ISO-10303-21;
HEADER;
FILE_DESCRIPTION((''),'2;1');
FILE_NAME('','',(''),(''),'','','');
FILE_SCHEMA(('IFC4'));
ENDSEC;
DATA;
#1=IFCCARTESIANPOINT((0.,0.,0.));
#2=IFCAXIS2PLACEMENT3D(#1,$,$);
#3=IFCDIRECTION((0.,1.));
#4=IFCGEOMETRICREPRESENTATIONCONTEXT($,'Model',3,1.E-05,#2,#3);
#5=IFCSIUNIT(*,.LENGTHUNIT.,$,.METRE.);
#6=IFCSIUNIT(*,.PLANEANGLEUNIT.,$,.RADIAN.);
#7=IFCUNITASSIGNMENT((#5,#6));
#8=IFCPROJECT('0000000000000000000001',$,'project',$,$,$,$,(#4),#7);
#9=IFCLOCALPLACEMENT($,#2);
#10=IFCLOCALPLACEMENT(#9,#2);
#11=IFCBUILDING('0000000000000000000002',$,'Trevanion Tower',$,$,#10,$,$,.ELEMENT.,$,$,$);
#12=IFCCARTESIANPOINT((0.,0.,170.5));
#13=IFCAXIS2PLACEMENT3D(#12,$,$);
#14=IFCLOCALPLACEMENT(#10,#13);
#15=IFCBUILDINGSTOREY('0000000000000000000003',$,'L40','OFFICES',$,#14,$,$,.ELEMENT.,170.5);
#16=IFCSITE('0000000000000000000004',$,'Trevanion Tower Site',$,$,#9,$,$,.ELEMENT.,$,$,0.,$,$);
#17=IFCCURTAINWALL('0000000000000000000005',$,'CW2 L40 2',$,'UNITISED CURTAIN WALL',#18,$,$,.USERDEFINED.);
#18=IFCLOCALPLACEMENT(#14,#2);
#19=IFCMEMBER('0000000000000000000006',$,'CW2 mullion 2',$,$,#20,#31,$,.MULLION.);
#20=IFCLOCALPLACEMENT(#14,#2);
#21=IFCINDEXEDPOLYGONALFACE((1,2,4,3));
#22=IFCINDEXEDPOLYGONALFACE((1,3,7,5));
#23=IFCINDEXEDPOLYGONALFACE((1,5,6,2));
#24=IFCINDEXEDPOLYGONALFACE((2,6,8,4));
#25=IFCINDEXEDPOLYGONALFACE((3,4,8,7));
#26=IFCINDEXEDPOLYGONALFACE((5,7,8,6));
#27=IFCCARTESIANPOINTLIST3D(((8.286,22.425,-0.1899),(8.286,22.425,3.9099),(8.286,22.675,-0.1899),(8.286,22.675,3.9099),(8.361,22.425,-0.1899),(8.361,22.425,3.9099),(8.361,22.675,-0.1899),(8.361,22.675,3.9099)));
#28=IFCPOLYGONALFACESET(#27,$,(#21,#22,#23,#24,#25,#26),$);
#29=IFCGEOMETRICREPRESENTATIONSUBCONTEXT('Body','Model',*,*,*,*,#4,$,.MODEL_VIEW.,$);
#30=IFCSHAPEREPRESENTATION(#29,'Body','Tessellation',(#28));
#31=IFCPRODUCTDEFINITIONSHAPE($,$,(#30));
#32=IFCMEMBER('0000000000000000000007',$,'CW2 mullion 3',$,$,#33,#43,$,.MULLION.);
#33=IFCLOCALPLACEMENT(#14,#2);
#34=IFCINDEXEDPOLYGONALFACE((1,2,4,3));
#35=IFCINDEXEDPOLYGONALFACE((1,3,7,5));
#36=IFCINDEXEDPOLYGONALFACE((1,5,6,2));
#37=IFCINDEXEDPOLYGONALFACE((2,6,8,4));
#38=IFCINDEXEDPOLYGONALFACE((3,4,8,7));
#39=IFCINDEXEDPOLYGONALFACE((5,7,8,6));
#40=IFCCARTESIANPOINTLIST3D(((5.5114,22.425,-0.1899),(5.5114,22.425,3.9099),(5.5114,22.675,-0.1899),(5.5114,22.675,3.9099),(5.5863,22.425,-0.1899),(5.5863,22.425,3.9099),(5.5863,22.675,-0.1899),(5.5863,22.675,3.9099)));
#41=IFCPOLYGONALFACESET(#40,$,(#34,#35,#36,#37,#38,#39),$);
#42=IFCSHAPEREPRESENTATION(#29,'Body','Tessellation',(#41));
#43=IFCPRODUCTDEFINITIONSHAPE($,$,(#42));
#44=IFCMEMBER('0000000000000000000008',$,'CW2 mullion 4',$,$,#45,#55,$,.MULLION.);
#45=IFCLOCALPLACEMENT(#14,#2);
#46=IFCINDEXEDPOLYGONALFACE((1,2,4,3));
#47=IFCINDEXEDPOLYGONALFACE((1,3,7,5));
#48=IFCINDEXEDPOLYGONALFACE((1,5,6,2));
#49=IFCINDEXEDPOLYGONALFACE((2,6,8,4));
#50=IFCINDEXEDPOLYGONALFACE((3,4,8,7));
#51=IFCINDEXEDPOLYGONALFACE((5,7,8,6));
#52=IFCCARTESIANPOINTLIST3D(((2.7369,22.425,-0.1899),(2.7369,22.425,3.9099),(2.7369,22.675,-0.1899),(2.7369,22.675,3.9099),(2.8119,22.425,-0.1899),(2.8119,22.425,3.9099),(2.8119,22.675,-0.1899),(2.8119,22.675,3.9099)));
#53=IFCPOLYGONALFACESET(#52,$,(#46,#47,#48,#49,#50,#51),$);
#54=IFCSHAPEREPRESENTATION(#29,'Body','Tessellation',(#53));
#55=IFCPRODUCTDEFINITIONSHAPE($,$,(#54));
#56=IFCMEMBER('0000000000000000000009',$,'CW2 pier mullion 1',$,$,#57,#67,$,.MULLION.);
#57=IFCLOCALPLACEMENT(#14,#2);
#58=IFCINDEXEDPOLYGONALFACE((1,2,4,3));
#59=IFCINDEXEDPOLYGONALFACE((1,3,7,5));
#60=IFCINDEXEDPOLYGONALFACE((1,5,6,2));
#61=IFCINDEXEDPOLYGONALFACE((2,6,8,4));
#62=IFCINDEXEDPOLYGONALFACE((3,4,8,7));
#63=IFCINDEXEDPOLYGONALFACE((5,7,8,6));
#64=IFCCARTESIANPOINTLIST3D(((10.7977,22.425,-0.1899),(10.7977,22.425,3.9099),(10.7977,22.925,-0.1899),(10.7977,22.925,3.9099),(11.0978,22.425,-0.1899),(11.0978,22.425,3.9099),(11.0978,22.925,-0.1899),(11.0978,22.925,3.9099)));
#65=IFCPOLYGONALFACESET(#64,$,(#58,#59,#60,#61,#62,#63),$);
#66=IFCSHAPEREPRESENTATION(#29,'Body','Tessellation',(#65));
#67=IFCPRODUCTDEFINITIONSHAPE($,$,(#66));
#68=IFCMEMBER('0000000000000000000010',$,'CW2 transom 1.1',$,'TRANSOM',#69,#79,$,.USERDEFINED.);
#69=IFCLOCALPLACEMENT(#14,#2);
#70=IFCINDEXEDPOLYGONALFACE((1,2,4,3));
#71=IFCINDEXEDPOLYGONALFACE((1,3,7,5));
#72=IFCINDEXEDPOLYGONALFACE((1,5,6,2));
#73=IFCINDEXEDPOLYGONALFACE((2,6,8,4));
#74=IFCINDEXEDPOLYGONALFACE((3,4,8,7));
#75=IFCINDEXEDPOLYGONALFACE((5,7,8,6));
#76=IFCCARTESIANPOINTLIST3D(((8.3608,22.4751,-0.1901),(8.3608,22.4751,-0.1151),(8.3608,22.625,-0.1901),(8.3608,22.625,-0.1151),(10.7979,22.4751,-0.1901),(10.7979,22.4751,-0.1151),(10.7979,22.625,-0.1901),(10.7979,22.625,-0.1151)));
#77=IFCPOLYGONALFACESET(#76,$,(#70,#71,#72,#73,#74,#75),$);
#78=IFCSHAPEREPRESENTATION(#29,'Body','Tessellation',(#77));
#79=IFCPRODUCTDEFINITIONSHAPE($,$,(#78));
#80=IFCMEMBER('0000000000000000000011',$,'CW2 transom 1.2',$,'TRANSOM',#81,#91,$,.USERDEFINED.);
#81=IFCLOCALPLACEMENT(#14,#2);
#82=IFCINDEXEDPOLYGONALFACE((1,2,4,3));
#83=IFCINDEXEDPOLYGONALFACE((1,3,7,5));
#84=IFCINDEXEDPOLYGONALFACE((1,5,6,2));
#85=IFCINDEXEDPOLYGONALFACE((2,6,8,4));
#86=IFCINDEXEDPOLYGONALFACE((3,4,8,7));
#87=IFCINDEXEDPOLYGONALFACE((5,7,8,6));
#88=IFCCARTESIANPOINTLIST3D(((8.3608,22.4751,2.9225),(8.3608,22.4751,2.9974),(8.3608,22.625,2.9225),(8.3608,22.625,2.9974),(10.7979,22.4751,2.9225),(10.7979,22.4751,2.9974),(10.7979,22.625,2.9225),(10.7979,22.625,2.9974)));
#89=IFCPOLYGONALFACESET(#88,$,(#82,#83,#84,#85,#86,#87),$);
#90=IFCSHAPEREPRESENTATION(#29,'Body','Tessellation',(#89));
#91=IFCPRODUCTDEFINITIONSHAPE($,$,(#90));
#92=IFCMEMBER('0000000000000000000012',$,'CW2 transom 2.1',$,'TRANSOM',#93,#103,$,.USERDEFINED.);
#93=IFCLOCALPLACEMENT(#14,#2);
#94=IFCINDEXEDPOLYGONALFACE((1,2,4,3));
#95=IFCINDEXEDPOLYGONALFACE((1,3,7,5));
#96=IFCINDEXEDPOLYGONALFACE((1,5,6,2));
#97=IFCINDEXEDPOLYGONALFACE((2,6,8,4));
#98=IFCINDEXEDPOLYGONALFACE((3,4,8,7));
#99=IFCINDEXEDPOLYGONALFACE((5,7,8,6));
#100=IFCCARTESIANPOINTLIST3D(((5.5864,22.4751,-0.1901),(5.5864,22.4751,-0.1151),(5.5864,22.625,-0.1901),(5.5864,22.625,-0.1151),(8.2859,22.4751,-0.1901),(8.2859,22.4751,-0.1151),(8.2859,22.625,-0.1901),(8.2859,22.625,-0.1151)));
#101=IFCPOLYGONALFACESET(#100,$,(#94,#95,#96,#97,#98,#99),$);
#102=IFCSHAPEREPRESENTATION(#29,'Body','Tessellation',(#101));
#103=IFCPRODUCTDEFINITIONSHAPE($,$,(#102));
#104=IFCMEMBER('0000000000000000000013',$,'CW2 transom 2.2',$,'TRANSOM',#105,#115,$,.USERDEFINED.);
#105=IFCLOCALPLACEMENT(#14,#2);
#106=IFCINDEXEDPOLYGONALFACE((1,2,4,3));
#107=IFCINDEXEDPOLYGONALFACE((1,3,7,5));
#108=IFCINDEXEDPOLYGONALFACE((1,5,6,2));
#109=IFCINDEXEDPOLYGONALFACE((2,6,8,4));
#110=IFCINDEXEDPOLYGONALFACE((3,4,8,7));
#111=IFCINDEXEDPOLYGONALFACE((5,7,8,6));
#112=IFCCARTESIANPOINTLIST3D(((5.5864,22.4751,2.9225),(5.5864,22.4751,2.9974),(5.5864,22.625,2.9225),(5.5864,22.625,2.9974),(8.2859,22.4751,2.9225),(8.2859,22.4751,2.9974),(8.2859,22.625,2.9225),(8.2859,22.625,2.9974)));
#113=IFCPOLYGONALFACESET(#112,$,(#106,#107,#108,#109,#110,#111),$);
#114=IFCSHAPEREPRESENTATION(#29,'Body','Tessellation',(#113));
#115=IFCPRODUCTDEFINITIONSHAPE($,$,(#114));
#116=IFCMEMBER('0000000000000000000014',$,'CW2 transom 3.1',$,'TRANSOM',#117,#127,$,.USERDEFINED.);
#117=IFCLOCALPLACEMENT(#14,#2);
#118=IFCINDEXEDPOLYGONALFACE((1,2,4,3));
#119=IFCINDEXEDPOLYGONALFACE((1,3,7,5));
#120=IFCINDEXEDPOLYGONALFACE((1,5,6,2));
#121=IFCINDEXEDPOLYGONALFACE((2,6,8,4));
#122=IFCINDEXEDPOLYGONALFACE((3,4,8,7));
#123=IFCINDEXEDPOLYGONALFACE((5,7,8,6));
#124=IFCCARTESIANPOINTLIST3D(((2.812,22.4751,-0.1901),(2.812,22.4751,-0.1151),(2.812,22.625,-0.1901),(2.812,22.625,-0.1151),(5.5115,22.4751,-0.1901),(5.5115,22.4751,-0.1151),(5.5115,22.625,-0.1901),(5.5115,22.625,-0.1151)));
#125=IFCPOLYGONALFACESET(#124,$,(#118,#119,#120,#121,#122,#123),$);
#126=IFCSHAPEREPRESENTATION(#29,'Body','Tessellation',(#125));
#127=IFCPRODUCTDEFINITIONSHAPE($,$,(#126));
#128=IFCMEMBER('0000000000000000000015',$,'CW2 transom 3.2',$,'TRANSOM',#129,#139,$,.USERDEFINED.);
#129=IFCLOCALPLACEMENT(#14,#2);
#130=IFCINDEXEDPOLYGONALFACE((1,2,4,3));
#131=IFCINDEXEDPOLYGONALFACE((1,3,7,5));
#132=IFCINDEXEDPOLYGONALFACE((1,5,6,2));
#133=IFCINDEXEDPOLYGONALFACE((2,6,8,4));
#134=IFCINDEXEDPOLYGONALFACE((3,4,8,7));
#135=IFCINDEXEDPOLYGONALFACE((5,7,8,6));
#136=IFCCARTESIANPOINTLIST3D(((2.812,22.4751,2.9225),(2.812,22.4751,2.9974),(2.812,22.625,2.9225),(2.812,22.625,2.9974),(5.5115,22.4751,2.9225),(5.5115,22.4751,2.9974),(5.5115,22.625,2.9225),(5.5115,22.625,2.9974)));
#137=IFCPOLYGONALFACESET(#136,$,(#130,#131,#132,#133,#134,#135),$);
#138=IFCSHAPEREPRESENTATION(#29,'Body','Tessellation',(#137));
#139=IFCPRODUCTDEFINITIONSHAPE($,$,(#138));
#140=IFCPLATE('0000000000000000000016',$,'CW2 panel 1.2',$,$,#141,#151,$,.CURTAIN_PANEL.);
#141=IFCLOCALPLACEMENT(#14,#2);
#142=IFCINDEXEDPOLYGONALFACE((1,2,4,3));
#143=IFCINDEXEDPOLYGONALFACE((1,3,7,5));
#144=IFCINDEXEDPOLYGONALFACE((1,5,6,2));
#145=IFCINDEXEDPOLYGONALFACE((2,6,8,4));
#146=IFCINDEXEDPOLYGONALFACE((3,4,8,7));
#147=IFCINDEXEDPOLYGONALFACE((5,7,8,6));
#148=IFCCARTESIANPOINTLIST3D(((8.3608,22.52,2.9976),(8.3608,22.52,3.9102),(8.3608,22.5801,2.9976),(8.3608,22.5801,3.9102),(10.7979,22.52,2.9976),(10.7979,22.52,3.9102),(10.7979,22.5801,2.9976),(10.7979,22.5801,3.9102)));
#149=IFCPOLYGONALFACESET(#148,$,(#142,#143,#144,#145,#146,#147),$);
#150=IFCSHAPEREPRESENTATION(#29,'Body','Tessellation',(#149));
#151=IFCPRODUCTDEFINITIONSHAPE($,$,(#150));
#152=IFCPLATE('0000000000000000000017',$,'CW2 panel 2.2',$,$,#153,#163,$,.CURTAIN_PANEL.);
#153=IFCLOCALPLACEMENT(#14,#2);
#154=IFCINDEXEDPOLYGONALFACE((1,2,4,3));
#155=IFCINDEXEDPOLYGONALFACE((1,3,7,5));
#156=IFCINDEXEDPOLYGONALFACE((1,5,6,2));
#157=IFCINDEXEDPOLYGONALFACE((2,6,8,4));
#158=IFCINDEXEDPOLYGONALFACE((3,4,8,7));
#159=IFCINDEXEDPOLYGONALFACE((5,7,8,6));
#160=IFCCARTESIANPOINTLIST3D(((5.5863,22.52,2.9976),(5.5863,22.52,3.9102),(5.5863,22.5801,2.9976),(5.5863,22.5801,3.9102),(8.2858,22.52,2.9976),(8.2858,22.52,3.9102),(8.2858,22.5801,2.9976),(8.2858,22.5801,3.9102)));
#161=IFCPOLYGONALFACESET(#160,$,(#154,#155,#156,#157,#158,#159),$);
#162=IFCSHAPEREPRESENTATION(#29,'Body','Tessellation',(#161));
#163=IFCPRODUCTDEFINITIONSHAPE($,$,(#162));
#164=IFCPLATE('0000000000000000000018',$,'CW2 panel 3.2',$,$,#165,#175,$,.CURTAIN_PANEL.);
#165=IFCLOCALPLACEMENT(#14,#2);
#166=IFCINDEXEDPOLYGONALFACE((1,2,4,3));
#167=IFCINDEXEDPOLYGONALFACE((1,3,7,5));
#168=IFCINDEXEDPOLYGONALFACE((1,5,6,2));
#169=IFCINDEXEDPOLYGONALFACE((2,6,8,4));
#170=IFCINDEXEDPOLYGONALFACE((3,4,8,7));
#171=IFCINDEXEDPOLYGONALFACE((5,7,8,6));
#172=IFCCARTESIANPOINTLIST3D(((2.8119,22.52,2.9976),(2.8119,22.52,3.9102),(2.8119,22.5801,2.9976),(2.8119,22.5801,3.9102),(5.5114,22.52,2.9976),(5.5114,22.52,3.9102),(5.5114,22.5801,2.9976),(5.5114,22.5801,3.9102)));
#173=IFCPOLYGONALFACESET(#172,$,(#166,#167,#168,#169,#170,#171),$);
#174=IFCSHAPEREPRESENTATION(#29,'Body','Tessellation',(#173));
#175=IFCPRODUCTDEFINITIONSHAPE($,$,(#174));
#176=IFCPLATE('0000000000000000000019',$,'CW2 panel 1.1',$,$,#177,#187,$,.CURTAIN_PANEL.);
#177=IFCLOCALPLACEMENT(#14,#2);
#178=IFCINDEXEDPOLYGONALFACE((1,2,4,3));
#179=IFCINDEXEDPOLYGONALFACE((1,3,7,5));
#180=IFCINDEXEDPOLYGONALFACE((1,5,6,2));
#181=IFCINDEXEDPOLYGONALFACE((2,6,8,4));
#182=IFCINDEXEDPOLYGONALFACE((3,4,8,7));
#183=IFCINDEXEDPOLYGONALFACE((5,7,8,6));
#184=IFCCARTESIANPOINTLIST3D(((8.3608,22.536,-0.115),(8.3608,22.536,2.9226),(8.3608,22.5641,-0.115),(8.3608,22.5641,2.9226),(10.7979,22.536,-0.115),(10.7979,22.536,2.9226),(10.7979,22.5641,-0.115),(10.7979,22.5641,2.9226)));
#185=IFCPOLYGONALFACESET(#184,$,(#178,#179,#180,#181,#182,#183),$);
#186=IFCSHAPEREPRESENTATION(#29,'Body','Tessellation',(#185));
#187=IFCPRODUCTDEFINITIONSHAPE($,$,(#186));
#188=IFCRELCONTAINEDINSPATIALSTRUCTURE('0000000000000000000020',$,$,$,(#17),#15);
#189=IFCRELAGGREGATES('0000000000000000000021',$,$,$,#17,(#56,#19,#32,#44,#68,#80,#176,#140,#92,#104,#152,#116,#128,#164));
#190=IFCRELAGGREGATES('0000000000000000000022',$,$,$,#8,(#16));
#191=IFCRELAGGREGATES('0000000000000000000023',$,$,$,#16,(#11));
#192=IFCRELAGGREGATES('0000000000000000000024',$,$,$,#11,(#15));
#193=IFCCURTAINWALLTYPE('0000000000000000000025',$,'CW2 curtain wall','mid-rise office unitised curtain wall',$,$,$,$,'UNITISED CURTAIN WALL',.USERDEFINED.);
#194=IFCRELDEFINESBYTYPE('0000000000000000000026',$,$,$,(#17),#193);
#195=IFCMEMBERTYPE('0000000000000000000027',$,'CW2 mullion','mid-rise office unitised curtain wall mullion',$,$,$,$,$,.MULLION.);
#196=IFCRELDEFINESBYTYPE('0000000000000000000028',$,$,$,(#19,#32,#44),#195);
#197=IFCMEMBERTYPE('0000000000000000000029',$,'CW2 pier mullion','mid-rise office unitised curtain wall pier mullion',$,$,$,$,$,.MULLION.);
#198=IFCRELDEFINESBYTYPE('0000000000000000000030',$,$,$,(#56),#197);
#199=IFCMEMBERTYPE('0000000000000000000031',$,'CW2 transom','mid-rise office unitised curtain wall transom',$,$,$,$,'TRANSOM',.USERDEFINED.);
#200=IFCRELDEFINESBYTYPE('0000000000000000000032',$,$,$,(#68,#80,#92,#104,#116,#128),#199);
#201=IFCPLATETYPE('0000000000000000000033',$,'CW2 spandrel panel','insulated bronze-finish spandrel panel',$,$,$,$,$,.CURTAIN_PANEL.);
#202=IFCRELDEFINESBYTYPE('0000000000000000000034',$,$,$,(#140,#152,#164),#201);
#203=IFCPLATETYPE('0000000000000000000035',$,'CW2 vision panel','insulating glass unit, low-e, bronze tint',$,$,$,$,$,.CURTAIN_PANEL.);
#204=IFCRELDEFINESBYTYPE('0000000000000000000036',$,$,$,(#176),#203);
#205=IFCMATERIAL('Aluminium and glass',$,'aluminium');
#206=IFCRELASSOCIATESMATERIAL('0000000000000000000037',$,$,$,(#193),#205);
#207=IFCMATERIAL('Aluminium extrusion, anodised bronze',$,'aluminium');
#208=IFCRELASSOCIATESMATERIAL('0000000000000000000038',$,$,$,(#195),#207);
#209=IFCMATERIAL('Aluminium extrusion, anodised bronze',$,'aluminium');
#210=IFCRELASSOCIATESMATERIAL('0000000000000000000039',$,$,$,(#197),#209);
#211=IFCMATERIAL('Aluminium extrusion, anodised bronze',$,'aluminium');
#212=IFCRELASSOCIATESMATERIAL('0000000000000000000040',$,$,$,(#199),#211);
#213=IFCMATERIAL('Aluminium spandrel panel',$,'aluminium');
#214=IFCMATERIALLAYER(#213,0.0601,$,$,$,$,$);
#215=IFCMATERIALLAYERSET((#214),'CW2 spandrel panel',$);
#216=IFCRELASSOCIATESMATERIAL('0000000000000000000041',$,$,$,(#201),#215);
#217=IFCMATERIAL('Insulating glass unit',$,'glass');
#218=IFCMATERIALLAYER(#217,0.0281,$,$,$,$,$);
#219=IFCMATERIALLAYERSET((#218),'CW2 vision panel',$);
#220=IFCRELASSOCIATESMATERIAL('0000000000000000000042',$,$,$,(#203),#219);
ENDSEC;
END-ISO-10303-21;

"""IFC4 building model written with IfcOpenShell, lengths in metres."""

from ifc_helpers import new_model, si_unit, direction, frame, origin, origin_2d, place, context, subcontext, project, spatial, rectangle, extrude, material, layer, layer_set, material_profile, profile_set, type_object, element, aggregate, save


model = new_model("IFC4")

# Units and contexts
model_context = context("Model", 3, precision=1e-05, world=origin(), true_north=direction((0.0, 1.0)))
body_context = subcontext(model_context, "Body", "Model", "MODEL_VIEW")
ifc_project = project(units=[si_unit("LENGTHUNIT", "METRE"), si_unit("PLANEANGLEUNIT", "RADIAN")], contexts=[model_context])

# Site, building, storey
site_placement = place(None, origin())
site = spatial("IfcSite", under=ifc_project, at=site_placement, Name="Trevanion Tower Site", CompositionType="ELEMENT", RefElevation=0.0)
building_placement = place(site_placement, origin())
building = spatial("IfcBuilding", under=site, at=building_placement, Name="Trevanion Tower", CompositionType="ELEMENT")
storey_placement = place(building_placement, frame((0.0, 0.0, 170.5)))
storey = spatial("IfcBuildingStorey", under=building, at=storey_placement, Name="L40", Description="OFFICES", CompositionType="ELEMENT", Elevation=170.5)

# Curtain wall, members, plates
ifc_material_1 = material(Name="Aluminium and glass", Category="aluminium")
curtain_wall_type = type_object("IfcCurtainWallType", Name="CW2 curtain wall", Description="mid-rise office unitised curtain wall", ElementType="UNITISED CURTAIN WALL", PredefinedType="USERDEFINED", material=ifc_material_1)
curtain_wall_placement = place(storey_placement, origin())
curtain_wall = element("IfcCurtainWall", 1, at=curtain_wall_placement, inside=storey, type_object=curtain_wall_type, Name="CW2 L40 2", ObjectType="UNITISED CURTAIN WALL", PredefinedType="USERDEFINED")
ifc_material_2 = material(Name="Aluminium extrusion, anodised bronze", Category="aluminium")
ifc_material_profile_1 = material_profile(ifc_material_2, rectangle(XDim=0.075, YDim=0.25, at=origin_2d()), Name="CW2 mullion")
ifc_profile_set_1 = profile_set([ifc_material_profile_1], Name="Aluminium extrusion, anodised bronze")
member_type_1 = type_object("IfcMemberType", Name="CW2 mullion", Description="mid-rise office unitised curtain wall mullion", PredefinedType="MULLION", material=ifc_profile_set_1)
member_1_placement = place(storey_placement, frame((8.3235, 22.55, -0.1899), z_axis=(0.0, 0.0, 1.0), x_axis=(-1.0, 0.0, 0.0)))
member_1 = element("IfcMember", 2, at=member_1_placement, type_object=member_type_1, Name="CW2 mullion 2", PredefinedType="MULLION", context=body_context, shape_type="SweptSolid", body=[
    extrude(rectangle(XDim=0.075, YDim=0.25, at=origin_2d()), origin(), (0.0, 0.0, 1.0), 4.0999),
])
member_2_placement = place(storey_placement, frame((5.5488, 22.55, -0.1899), z_axis=(0.0, 0.0, 1.0), x_axis=(-1.0, 0.0, 0.0)))
member_2 = element("IfcMember", 3, at=member_2_placement, type_object=member_type_1, Name="CW2 mullion 3", PredefinedType="MULLION", context=body_context, shape_type="SweptSolid", body=[
    extrude(rectangle(XDim=0.075, YDim=0.25, at=origin_2d()), origin(), (0.0, 0.0, 1.0), 4.0999),
])
member_3_placement = place(storey_placement, frame((2.7744, 22.55, -0.1899), z_axis=(0.0, 0.0, 1.0), x_axis=(-1.0, 0.0, 0.0)))
member_3 = element("IfcMember", 4, at=member_3_placement, type_object=member_type_1, Name="CW2 mullion 4", PredefinedType="MULLION", context=body_context, shape_type="SweptSolid", body=[
    extrude(rectangle(XDim=0.075, YDim=0.25, at=origin_2d()), origin(), (0.0, 0.0, 1.0), 4.0999),
])
ifc_material_3 = material(Name="Aluminium extrusion, anodised bronze", Category="aluminium")
ifc_material_profile_2 = material_profile(ifc_material_3, rectangle(XDim=0.3, YDim=0.5, at=origin_2d()), Name="CW2 pier mullion")
ifc_profile_set_2 = profile_set([ifc_material_profile_2], Name="Aluminium extrusion, anodised bronze")
member_type_2 = type_object("IfcMemberType", Name="CW2 pier mullion", Description="mid-rise office unitised curtain wall pier mullion", PredefinedType="MULLION", material=ifc_profile_set_2)
member_4_placement = place(storey_placement, frame((10.9478, 22.675, -0.1899), z_axis=(0.0, 0.0, 1.0), x_axis=(-1.0, 0.0, 0.0)))
member_4 = element("IfcMember", 5, at=member_4_placement, type_object=member_type_2, Name="CW2 pier mullion 1", PredefinedType="MULLION", context=body_context, shape_type="SweptSolid", body=[
    extrude(rectangle(XDim=0.3, YDim=0.5, at=origin_2d()), origin(), (0.0, 0.0, 1.0), 4.0999),
])
ifc_material_4 = material(Name="Aluminium extrusion, anodised bronze", Category="aluminium")
ifc_material_profile_3 = material_profile(ifc_material_4, rectangle(XDim=0.1499, YDim=0.075, at=origin_2d()), Name="CW2 transom")
ifc_profile_set_3 = profile_set([ifc_material_profile_3], Name="Aluminium extrusion, anodised bronze")
member_type_3 = type_object("IfcMemberType", Name="CW2 transom", Description="mid-rise office unitised curtain wall transom", ElementType="TRANSOM", PredefinedType="USERDEFINED", material=ifc_profile_set_3)
member_5_placement = place(storey_placement, frame((10.7979, 22.55, -0.1526), z_axis=(-1.0, 0.0, 0.0), x_axis=(0.0, -1.0, 0.0)))
member_5 = element("IfcMember", 6, at=member_5_placement, type_object=member_type_3, Name="CW2 transom 1.1", ObjectType="TRANSOM", PredefinedType="USERDEFINED", context=body_context, shape_type="SweptSolid", body=[
    extrude(rectangle(XDim=0.1499, YDim=0.075, at=origin_2d()), origin(), (0.0, 0.0, 1.0), 2.437),
])
member_6_placement = place(storey_placement, frame((10.7979, 22.55, 2.96), z_axis=(-1.0, 0.0, 0.0), x_axis=(0.0, -1.0, 0.0)))
member_6 = element("IfcMember", 7, at=member_6_placement, type_object=member_type_3, Name="CW2 transom 1.2", ObjectType="TRANSOM", PredefinedType="USERDEFINED", context=body_context, shape_type="SweptSolid", body=[
    extrude(rectangle(XDim=0.1499, YDim=0.075, at=origin_2d()), origin(), (0.0, 0.0, 1.0), 2.437),
])
member_7_placement = place(storey_placement, frame((8.2859, 22.55, -0.1526), z_axis=(-1.0, 0.0, 0.0), x_axis=(0.0, -1.0, 0.0)))
member_7 = element("IfcMember", 8, at=member_7_placement, type_object=member_type_3, Name="CW2 transom 2.1", ObjectType="TRANSOM", PredefinedType="USERDEFINED", context=body_context, shape_type="SweptSolid", body=[
    extrude(rectangle(XDim=0.1499, YDim=0.075, at=origin_2d()), origin(), (0.0, 0.0, 1.0), 2.6995),
])
member_8_placement = place(storey_placement, frame((8.2859, 22.55, 2.96), z_axis=(-1.0, 0.0, 0.0), x_axis=(0.0, -1.0, 0.0)))
member_8 = element("IfcMember", 9, at=member_8_placement, type_object=member_type_3, Name="CW2 transom 2.2", ObjectType="TRANSOM", PredefinedType="USERDEFINED", context=body_context, shape_type="SweptSolid", body=[
    extrude(rectangle(XDim=0.1499, YDim=0.075, at=origin_2d()), origin(), (0.0, 0.0, 1.0), 2.6995),
])
member_9_placement = place(storey_placement, frame((5.5115, 22.55, -0.1526), z_axis=(-1.0, 0.0, 0.0), x_axis=(0.0, -1.0, 0.0)))
member_9 = element("IfcMember", 10, at=member_9_placement, type_object=member_type_3, Name="CW2 transom 3.1", ObjectType="TRANSOM", PredefinedType="USERDEFINED", context=body_context, shape_type="SweptSolid", body=[
    extrude(rectangle(XDim=0.1499, YDim=0.075, at=origin_2d()), origin(), (0.0, 0.0, 1.0), 2.6995),
])
member_10_placement = place(storey_placement, frame((5.5115, 22.55, 2.96), z_axis=(-1.0, 0.0, 0.0), x_axis=(0.0, -1.0, 0.0)))
member_10 = element("IfcMember", 11, at=member_10_placement, type_object=member_type_3, Name="CW2 transom 3.2", ObjectType="TRANSOM", PredefinedType="USERDEFINED", context=body_context, shape_type="SweptSolid", body=[
    extrude(rectangle(XDim=0.1499, YDim=0.075, at=origin_2d()), origin(), (0.0, 0.0, 1.0), 2.6995),
])
ifc_material_5 = material(Name="Aluminium spandrel panel", Category="aluminium")
ifc_layer_1 = layer(ifc_material_5, 0.0601)
ifc_layer_set_1 = layer_set([ifc_layer_1], Name="CW2 spandrel panel")
plate_type_1 = type_object("IfcPlateType", Name="CW2 spandrel panel", Description="insulated bronze-finish spandrel panel", PredefinedType="CURTAIN_PANEL", material=ifc_layer_set_1)
plate_1_placement = place(storey_placement, frame((9.5793, 22.55, 2.9976), z_axis=(0.0, 0.0, 1.0), x_axis=(-1.0, 0.0, 0.0)))
plate_1 = element("IfcPlate", 12, at=plate_1_placement, type_object=plate_type_1, Name="CW2 panel 1.2", PredefinedType="CURTAIN_PANEL", context=body_context, shape_type="SweptSolid", body=[
    extrude(rectangle(XDim=2.437, YDim=0.0601, at=origin_2d()), origin(), (0.0, 0.0, 1.0), 0.9126),
])
plate_2_placement = place(storey_placement, frame((6.936, 22.55, 2.9976), z_axis=(0.0, 0.0, 1.0), x_axis=(-1.0, 0.0, 0.0)))
plate_2 = element("IfcPlate", 13, at=plate_2_placement, type_object=plate_type_1, Name="CW2 panel 2.2", PredefinedType="CURTAIN_PANEL", context=body_context, shape_type="SweptSolid", body=[
    extrude(rectangle(XDim=2.6995, YDim=0.0601, at=origin_2d()), origin(), (0.0, 0.0, 1.0), 0.9126),
])
plate_3_placement = place(storey_placement, frame((4.1616, 22.55, 2.9976), z_axis=(0.0, 0.0, 1.0), x_axis=(-1.0, 0.0, 0.0)))
plate_3 = element("IfcPlate", 14, at=plate_3_placement, type_object=plate_type_1, Name="CW2 panel 3.2", PredefinedType="CURTAIN_PANEL", context=body_context, shape_type="SweptSolid", body=[
    extrude(rectangle(XDim=2.6995, YDim=0.0601, at=origin_2d()), origin(), (0.0, 0.0, 1.0), 0.9126),
])
ifc_material_6 = material(Name="Insulating glass unit", Category="glass")
ifc_layer_2 = layer(ifc_material_6, 0.0281)
ifc_layer_set_2 = layer_set([ifc_layer_2], Name="CW2 vision panel")
plate_type_2 = type_object("IfcPlateType", Name="CW2 vision panel", Description="insulating glass unit, low-e, bronze tint", PredefinedType="CURTAIN_PANEL", material=ifc_layer_set_2)
plate_4_placement = place(storey_placement, frame((9.5793, 22.55, -0.115), z_axis=(0.0, 0.0, 1.0), x_axis=(-1.0, 0.0, 0.0)))
plate_4 = element("IfcPlate", 15, at=plate_4_placement, type_object=plate_type_2, Name="CW2 panel 1.1", PredefinedType="CURTAIN_PANEL", context=body_context, shape_type="SweptSolid", body=[
    extrude(rectangle(XDim=2.437, YDim=0.0281, at=origin_2d()), origin(), (0.0, 0.0, 1.0), 3.0376),
])
aggregate(curtain_wall, [member_4, member_1, member_2, member_3, member_5, member_6, plate_4, plate_1, member_7, member_8, plate_2, member_9, member_10, plate_3])

save(model, "model.ifc")
